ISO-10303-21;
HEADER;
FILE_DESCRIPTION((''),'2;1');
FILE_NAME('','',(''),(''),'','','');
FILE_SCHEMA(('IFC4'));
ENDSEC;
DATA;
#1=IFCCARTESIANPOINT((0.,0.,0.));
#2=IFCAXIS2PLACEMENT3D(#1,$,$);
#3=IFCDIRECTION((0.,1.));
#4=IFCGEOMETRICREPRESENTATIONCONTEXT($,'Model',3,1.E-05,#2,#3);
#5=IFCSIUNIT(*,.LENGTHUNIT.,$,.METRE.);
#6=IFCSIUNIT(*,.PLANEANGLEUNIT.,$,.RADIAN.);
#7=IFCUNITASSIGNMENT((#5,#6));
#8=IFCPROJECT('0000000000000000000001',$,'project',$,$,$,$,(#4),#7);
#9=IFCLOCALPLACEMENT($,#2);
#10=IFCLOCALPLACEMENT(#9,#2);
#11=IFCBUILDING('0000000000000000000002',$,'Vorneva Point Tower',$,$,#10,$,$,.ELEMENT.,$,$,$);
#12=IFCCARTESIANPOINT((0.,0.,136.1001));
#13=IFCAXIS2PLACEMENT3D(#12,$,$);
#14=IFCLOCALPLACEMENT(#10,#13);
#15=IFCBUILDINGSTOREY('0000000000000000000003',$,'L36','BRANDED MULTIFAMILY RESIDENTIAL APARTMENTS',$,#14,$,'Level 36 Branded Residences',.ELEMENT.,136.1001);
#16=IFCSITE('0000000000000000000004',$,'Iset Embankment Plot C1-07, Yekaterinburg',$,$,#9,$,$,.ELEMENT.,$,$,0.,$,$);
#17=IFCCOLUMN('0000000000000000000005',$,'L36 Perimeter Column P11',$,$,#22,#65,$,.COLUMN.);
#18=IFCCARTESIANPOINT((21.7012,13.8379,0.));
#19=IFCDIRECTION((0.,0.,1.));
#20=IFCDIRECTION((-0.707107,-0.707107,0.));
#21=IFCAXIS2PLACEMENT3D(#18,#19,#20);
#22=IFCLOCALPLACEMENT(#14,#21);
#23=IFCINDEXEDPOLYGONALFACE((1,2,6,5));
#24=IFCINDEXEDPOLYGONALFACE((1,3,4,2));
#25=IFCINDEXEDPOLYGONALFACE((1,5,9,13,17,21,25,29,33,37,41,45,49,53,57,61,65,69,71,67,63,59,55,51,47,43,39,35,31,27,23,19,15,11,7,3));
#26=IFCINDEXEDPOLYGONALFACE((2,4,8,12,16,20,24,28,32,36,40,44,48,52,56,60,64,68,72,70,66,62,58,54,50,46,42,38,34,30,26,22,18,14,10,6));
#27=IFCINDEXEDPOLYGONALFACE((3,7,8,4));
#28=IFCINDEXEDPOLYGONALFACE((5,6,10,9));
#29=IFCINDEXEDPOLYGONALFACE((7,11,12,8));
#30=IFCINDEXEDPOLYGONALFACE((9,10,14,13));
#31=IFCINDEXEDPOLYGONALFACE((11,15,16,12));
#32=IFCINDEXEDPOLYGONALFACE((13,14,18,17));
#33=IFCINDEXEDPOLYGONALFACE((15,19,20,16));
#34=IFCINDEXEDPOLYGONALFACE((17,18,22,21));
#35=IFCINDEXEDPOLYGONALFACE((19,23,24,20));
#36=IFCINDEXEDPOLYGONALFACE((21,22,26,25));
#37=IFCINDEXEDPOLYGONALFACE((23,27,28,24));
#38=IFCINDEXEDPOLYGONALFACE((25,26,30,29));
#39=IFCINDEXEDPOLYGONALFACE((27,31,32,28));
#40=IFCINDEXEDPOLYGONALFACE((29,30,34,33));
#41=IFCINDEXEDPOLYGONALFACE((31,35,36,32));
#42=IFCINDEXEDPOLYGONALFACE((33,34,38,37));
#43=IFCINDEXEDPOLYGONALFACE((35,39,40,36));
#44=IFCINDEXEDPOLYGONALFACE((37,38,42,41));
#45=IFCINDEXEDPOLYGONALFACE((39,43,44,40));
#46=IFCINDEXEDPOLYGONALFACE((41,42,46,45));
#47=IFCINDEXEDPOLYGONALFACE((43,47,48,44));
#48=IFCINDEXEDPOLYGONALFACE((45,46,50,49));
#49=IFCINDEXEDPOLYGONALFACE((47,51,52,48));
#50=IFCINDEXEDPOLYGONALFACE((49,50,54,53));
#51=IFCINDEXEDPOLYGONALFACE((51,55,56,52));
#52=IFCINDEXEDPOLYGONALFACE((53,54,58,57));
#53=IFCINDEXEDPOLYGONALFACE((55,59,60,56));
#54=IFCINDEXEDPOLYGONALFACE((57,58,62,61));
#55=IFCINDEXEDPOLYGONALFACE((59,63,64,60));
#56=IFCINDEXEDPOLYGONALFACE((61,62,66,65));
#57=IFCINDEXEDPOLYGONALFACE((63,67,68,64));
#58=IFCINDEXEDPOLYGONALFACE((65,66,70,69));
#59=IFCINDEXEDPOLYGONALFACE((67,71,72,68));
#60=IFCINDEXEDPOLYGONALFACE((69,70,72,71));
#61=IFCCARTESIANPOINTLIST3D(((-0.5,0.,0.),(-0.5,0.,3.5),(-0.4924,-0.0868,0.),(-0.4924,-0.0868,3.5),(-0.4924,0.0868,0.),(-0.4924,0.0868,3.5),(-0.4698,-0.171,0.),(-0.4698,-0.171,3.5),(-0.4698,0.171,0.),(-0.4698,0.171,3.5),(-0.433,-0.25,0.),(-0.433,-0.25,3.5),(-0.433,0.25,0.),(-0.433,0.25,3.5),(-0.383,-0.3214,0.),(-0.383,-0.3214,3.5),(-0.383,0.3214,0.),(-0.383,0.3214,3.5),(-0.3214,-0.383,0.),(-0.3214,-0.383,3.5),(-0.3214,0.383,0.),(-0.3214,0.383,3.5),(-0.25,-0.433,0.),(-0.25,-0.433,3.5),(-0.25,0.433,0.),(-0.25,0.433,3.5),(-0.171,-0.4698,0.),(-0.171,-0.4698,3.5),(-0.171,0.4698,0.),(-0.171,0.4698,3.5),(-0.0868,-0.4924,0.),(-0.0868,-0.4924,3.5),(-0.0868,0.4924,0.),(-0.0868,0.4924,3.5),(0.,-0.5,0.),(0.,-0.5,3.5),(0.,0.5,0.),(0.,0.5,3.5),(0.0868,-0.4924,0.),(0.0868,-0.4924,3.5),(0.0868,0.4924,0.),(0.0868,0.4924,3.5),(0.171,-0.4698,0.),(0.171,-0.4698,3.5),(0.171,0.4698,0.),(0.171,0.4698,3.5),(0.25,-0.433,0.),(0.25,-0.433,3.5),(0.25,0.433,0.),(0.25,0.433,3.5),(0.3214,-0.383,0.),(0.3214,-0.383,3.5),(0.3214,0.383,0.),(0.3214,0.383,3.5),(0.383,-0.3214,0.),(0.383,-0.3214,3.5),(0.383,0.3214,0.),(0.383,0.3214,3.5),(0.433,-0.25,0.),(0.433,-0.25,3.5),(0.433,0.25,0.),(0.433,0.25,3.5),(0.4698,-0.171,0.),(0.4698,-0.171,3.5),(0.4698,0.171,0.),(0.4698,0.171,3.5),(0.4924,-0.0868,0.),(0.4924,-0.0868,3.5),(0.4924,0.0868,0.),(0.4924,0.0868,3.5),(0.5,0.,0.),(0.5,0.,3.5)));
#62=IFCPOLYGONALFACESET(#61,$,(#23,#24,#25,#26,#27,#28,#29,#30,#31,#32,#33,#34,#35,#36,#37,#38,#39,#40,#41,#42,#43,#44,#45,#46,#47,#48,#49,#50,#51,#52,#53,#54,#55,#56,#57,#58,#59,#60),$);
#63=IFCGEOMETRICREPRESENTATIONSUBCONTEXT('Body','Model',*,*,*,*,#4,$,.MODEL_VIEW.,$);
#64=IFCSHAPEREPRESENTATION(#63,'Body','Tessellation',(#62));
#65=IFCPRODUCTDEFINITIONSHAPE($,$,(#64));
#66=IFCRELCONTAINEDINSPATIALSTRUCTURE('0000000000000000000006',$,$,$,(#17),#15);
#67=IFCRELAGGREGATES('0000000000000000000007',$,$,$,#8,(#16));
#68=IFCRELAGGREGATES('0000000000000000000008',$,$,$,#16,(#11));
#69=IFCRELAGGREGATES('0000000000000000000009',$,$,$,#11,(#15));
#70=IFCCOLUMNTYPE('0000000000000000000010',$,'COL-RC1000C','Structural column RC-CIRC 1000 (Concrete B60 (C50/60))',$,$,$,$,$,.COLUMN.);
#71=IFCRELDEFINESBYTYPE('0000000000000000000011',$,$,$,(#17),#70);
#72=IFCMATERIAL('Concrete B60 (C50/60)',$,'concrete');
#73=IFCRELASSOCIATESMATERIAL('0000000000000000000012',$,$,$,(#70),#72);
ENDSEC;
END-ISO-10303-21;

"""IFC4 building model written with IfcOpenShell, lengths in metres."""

from ifc_helpers import new_model, si_unit, direction, frame, origin, origin_2d, place, context, subcontext, project, spatial, circle, extrude, material, material_profile, profile_set, type_object, element, save


model = new_model("IFC4")

# Units and contexts
model_context = context("Model", 3, precision=1e-05, world=origin(), true_north=direction((0.0, 1.0)))
body_context = subcontext(model_context, "Body", "Model", "MODEL_VIEW")
ifc_project = project(units=[si_unit("LENGTHUNIT", "METRE"), si_unit("PLANEANGLEUNIT", "RADIAN")], contexts=[model_context])

# Site, building, storey
site_placement = place(None, origin())
site = spatial("IfcSite", under=ifc_project, at=site_placement, Name="Iset Embankment Plot C1-07, Yekaterinburg", CompositionType="ELEMENT", RefElevation=0.0)
building_placement = place(site_placement, origin())
building = spatial("IfcBuilding", under=site, at=building_placement, Name="Vorneva Point Tower", CompositionType="ELEMENT")
storey_placement = place(building_placement, frame((0.0, 0.0, 136.1001)))
storey = spatial("IfcBuildingStorey", under=building, at=storey_placement, Name="L36", Description="BRANDED MULTIFAMILY RESIDENTIAL APARTMENTS", LongName="Level 36 Branded Residences", CompositionType="ELEMENT", Elevation=136.1001)

# Column
ifc_material_1 = material(Name="Concrete B60 (C50/60)", Category="concrete")
ifc_material_profile_1 = material_profile(ifc_material_1, circle(Radius=0.5, at=origin_2d()), Name="RC-CIRC 1000")
ifc_profile_set_1 = profile_set([ifc_material_profile_1], Name="Concrete B60 (C50/60)")
column_type_1 = type_object("IfcColumnType", Name="COL-RC1000C", Description="Structural column RC-CIRC 1000 (Concrete B60 (C50/60))", PredefinedType="COLUMN", material=ifc_profile_set_1)
column_1_placement = place(storey_placement, frame((21.7012, 13.8379, 0.0), z_axis=(0.0, 0.0, 1.0), x_axis=(-0.707107, -0.707107, 0.0)))
element("IfcColumn", 1, at=column_1_placement, inside=storey, type_object=column_type_1, Name="L36 Perimeter Column P11", PredefinedType="COLUMN", context=body_context, shape_type="SweptSolid", body=[
    extrude(circle(Radius=0.5, at=origin_2d()), origin(), (0.0, 0.0, 1.0), 3.5),
])

save(model, "model.ifc")
